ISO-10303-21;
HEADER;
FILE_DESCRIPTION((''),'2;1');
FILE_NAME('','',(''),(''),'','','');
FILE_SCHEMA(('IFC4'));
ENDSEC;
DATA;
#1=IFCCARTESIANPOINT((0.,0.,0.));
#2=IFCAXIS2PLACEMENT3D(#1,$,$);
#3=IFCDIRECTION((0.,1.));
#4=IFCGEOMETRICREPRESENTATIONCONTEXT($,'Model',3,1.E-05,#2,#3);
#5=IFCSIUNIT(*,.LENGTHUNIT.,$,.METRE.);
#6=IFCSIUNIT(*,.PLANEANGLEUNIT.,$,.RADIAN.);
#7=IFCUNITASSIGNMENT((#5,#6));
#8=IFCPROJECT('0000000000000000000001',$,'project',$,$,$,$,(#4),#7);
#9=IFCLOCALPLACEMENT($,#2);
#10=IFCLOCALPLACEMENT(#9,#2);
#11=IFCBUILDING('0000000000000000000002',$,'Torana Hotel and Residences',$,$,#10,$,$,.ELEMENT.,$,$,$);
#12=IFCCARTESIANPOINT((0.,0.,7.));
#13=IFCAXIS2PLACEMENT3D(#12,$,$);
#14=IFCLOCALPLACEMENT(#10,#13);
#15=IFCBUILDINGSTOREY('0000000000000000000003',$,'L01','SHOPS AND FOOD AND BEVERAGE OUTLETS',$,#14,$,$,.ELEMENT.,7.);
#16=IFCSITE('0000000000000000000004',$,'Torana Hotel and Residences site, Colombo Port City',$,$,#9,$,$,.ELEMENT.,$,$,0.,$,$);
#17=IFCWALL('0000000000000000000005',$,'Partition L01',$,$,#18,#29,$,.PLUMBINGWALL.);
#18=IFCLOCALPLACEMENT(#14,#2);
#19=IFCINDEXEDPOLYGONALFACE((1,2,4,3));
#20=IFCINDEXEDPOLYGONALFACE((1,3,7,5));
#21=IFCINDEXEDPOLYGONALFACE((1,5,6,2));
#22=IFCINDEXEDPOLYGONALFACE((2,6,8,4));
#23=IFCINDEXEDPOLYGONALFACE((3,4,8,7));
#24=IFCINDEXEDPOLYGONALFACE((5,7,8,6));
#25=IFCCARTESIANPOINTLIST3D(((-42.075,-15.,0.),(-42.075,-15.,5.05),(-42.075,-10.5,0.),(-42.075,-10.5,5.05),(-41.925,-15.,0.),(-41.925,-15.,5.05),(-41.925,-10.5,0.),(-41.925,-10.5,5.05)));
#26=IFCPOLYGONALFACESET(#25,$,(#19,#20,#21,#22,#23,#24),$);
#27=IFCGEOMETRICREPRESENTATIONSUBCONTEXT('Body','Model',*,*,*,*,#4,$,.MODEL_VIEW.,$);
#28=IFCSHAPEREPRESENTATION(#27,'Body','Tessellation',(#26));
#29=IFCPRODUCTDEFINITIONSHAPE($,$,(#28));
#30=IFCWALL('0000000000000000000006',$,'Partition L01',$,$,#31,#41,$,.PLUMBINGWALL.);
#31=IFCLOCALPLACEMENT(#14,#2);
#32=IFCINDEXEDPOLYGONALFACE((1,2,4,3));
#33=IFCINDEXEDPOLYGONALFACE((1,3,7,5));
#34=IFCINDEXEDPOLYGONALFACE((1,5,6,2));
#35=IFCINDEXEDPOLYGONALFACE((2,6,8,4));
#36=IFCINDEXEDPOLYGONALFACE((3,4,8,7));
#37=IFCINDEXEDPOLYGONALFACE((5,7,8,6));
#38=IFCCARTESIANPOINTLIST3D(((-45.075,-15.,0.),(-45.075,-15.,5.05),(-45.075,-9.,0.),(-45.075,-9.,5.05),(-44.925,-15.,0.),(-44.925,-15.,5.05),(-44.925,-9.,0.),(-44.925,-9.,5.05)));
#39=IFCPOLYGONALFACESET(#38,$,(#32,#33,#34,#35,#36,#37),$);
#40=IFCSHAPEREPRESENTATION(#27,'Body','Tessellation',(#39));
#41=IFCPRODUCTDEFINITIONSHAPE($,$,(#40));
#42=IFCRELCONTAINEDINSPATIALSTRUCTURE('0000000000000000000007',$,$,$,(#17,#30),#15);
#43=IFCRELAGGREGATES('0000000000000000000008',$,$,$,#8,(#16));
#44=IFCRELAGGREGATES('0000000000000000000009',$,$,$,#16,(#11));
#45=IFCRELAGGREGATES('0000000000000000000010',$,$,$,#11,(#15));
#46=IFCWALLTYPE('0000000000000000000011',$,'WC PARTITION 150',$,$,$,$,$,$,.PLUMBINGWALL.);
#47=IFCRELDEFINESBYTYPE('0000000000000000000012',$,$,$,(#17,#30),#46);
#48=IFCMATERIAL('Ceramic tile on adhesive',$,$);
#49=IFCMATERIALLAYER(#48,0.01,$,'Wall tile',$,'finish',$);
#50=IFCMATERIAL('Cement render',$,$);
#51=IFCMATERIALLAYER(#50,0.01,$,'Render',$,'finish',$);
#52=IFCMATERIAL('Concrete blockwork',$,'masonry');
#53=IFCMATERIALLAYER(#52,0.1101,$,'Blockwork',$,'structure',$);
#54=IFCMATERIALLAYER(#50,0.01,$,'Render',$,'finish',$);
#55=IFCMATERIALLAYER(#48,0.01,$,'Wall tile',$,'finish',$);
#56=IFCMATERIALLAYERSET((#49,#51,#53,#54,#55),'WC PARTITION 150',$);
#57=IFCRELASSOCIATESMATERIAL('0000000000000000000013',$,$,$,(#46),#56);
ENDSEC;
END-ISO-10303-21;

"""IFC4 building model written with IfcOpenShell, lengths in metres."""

from ifc_helpers import new_model, si_unit, direction, frame, frame_2d, origin, place, context, subcontext, project, spatial, rectangle, extrude, material, layer, layer_set, type_object, element, save


model = new_model("IFC4")

# Units and contexts
model_context = context("Model", 3, precision=1e-05, world=origin(), true_north=direction((0.0, 1.0)))
body_context = subcontext(model_context, "Body", "Model", "MODEL_VIEW")
ifc_project = project(units=[si_unit("LENGTHUNIT", "METRE"), si_unit("PLANEANGLEUNIT", "RADIAN")], contexts=[model_context])

# Site, building, storey
site_placement = place(None, origin())
site = spatial("IfcSite", under=ifc_project, at=site_placement, Name="Torana Hotel and Residences site, Colombo Port City", CompositionType="ELEMENT", RefElevation=0.0)
building_placement = place(site_placement, origin())
building = spatial("IfcBuilding", under=site, at=building_placement, Name="Torana Hotel and Residences", CompositionType="ELEMENT")
storey_placement = place(building_placement, frame((0.0, 0.0, 7.0)))
storey = spatial("IfcBuildingStorey", under=building, at=storey_placement, Name="L01", Description="SHOPS AND FOOD AND BEVERAGE OUTLETS", CompositionType="ELEMENT", Elevation=7.0)

# Shared definitions
ifc_material_1 = material(Name="Concrete blockwork", Category="masonry")

# Walls
ifc_material_2 = material(Name="Ceramic tile on adhesive")
ifc_layer_1 = layer(ifc_material_2, 0.01, Name="Wall tile", Category="finish")
ifc_material_3 = material(Name="Cement render")
ifc_layer_2 = layer(ifc_material_3, 0.01, Name="Render", Category="finish")
ifc_layer_3 = layer(ifc_material_1, 0.1101, Name="Blockwork", Category="structure")
ifc_layer_4 = layer(ifc_material_3, 0.01, Name="Render", Category="finish")
ifc_layer_5 = layer(ifc_material_2, 0.01, Name="Wall tile", Category="finish")
ifc_layer_set_1 = layer_set([ifc_layer_1, ifc_layer_2, ifc_layer_3, ifc_layer_4, ifc_layer_5], Name="WC PARTITION 150")
wall_type_1 = type_object("IfcWallType", Name="WC PARTITION 150", PredefinedType="PLUMBINGWALL", material=ifc_layer_set_1)
wall_1_placement = place(storey_placement, frame((-42.0, -15.0, 0.0), z_axis=(0.0, 0.0, 1.0), x_axis=(0.0, 1.0, 0.0)))
element("IfcWall", 1, at=wall_1_placement, inside=storey, type_object=wall_type_1, Name="Partition L01", PredefinedType="PLUMBINGWALL", context=body_context, shape_type="SweptSolid", body=[
    extrude(rectangle(XDim=4.5, YDim=0.1499, at=frame_2d((2.25, 0.0))), origin(), (0.0, 0.0, 1.0), 5.05),
])
wall_2_placement = place(storey_placement, frame((-45.0, -15.0, 0.0), z_axis=(0.0, 0.0, 1.0), x_axis=(0.0, 1.0, 0.0)))
element("IfcWall", 2, at=wall_2_placement, inside=storey, type_object=wall_type_1, Name="Partition L01", PredefinedType="PLUMBINGWALL", context=body_context, shape_type="SweptSolid", body=[
    extrude(rectangle(XDim=6.0, YDim=0.1499, at=frame_2d((3.0, 0.0))), origin(), (0.0, 0.0, 1.0), 5.05),
])

save(model, "model.ifc")
